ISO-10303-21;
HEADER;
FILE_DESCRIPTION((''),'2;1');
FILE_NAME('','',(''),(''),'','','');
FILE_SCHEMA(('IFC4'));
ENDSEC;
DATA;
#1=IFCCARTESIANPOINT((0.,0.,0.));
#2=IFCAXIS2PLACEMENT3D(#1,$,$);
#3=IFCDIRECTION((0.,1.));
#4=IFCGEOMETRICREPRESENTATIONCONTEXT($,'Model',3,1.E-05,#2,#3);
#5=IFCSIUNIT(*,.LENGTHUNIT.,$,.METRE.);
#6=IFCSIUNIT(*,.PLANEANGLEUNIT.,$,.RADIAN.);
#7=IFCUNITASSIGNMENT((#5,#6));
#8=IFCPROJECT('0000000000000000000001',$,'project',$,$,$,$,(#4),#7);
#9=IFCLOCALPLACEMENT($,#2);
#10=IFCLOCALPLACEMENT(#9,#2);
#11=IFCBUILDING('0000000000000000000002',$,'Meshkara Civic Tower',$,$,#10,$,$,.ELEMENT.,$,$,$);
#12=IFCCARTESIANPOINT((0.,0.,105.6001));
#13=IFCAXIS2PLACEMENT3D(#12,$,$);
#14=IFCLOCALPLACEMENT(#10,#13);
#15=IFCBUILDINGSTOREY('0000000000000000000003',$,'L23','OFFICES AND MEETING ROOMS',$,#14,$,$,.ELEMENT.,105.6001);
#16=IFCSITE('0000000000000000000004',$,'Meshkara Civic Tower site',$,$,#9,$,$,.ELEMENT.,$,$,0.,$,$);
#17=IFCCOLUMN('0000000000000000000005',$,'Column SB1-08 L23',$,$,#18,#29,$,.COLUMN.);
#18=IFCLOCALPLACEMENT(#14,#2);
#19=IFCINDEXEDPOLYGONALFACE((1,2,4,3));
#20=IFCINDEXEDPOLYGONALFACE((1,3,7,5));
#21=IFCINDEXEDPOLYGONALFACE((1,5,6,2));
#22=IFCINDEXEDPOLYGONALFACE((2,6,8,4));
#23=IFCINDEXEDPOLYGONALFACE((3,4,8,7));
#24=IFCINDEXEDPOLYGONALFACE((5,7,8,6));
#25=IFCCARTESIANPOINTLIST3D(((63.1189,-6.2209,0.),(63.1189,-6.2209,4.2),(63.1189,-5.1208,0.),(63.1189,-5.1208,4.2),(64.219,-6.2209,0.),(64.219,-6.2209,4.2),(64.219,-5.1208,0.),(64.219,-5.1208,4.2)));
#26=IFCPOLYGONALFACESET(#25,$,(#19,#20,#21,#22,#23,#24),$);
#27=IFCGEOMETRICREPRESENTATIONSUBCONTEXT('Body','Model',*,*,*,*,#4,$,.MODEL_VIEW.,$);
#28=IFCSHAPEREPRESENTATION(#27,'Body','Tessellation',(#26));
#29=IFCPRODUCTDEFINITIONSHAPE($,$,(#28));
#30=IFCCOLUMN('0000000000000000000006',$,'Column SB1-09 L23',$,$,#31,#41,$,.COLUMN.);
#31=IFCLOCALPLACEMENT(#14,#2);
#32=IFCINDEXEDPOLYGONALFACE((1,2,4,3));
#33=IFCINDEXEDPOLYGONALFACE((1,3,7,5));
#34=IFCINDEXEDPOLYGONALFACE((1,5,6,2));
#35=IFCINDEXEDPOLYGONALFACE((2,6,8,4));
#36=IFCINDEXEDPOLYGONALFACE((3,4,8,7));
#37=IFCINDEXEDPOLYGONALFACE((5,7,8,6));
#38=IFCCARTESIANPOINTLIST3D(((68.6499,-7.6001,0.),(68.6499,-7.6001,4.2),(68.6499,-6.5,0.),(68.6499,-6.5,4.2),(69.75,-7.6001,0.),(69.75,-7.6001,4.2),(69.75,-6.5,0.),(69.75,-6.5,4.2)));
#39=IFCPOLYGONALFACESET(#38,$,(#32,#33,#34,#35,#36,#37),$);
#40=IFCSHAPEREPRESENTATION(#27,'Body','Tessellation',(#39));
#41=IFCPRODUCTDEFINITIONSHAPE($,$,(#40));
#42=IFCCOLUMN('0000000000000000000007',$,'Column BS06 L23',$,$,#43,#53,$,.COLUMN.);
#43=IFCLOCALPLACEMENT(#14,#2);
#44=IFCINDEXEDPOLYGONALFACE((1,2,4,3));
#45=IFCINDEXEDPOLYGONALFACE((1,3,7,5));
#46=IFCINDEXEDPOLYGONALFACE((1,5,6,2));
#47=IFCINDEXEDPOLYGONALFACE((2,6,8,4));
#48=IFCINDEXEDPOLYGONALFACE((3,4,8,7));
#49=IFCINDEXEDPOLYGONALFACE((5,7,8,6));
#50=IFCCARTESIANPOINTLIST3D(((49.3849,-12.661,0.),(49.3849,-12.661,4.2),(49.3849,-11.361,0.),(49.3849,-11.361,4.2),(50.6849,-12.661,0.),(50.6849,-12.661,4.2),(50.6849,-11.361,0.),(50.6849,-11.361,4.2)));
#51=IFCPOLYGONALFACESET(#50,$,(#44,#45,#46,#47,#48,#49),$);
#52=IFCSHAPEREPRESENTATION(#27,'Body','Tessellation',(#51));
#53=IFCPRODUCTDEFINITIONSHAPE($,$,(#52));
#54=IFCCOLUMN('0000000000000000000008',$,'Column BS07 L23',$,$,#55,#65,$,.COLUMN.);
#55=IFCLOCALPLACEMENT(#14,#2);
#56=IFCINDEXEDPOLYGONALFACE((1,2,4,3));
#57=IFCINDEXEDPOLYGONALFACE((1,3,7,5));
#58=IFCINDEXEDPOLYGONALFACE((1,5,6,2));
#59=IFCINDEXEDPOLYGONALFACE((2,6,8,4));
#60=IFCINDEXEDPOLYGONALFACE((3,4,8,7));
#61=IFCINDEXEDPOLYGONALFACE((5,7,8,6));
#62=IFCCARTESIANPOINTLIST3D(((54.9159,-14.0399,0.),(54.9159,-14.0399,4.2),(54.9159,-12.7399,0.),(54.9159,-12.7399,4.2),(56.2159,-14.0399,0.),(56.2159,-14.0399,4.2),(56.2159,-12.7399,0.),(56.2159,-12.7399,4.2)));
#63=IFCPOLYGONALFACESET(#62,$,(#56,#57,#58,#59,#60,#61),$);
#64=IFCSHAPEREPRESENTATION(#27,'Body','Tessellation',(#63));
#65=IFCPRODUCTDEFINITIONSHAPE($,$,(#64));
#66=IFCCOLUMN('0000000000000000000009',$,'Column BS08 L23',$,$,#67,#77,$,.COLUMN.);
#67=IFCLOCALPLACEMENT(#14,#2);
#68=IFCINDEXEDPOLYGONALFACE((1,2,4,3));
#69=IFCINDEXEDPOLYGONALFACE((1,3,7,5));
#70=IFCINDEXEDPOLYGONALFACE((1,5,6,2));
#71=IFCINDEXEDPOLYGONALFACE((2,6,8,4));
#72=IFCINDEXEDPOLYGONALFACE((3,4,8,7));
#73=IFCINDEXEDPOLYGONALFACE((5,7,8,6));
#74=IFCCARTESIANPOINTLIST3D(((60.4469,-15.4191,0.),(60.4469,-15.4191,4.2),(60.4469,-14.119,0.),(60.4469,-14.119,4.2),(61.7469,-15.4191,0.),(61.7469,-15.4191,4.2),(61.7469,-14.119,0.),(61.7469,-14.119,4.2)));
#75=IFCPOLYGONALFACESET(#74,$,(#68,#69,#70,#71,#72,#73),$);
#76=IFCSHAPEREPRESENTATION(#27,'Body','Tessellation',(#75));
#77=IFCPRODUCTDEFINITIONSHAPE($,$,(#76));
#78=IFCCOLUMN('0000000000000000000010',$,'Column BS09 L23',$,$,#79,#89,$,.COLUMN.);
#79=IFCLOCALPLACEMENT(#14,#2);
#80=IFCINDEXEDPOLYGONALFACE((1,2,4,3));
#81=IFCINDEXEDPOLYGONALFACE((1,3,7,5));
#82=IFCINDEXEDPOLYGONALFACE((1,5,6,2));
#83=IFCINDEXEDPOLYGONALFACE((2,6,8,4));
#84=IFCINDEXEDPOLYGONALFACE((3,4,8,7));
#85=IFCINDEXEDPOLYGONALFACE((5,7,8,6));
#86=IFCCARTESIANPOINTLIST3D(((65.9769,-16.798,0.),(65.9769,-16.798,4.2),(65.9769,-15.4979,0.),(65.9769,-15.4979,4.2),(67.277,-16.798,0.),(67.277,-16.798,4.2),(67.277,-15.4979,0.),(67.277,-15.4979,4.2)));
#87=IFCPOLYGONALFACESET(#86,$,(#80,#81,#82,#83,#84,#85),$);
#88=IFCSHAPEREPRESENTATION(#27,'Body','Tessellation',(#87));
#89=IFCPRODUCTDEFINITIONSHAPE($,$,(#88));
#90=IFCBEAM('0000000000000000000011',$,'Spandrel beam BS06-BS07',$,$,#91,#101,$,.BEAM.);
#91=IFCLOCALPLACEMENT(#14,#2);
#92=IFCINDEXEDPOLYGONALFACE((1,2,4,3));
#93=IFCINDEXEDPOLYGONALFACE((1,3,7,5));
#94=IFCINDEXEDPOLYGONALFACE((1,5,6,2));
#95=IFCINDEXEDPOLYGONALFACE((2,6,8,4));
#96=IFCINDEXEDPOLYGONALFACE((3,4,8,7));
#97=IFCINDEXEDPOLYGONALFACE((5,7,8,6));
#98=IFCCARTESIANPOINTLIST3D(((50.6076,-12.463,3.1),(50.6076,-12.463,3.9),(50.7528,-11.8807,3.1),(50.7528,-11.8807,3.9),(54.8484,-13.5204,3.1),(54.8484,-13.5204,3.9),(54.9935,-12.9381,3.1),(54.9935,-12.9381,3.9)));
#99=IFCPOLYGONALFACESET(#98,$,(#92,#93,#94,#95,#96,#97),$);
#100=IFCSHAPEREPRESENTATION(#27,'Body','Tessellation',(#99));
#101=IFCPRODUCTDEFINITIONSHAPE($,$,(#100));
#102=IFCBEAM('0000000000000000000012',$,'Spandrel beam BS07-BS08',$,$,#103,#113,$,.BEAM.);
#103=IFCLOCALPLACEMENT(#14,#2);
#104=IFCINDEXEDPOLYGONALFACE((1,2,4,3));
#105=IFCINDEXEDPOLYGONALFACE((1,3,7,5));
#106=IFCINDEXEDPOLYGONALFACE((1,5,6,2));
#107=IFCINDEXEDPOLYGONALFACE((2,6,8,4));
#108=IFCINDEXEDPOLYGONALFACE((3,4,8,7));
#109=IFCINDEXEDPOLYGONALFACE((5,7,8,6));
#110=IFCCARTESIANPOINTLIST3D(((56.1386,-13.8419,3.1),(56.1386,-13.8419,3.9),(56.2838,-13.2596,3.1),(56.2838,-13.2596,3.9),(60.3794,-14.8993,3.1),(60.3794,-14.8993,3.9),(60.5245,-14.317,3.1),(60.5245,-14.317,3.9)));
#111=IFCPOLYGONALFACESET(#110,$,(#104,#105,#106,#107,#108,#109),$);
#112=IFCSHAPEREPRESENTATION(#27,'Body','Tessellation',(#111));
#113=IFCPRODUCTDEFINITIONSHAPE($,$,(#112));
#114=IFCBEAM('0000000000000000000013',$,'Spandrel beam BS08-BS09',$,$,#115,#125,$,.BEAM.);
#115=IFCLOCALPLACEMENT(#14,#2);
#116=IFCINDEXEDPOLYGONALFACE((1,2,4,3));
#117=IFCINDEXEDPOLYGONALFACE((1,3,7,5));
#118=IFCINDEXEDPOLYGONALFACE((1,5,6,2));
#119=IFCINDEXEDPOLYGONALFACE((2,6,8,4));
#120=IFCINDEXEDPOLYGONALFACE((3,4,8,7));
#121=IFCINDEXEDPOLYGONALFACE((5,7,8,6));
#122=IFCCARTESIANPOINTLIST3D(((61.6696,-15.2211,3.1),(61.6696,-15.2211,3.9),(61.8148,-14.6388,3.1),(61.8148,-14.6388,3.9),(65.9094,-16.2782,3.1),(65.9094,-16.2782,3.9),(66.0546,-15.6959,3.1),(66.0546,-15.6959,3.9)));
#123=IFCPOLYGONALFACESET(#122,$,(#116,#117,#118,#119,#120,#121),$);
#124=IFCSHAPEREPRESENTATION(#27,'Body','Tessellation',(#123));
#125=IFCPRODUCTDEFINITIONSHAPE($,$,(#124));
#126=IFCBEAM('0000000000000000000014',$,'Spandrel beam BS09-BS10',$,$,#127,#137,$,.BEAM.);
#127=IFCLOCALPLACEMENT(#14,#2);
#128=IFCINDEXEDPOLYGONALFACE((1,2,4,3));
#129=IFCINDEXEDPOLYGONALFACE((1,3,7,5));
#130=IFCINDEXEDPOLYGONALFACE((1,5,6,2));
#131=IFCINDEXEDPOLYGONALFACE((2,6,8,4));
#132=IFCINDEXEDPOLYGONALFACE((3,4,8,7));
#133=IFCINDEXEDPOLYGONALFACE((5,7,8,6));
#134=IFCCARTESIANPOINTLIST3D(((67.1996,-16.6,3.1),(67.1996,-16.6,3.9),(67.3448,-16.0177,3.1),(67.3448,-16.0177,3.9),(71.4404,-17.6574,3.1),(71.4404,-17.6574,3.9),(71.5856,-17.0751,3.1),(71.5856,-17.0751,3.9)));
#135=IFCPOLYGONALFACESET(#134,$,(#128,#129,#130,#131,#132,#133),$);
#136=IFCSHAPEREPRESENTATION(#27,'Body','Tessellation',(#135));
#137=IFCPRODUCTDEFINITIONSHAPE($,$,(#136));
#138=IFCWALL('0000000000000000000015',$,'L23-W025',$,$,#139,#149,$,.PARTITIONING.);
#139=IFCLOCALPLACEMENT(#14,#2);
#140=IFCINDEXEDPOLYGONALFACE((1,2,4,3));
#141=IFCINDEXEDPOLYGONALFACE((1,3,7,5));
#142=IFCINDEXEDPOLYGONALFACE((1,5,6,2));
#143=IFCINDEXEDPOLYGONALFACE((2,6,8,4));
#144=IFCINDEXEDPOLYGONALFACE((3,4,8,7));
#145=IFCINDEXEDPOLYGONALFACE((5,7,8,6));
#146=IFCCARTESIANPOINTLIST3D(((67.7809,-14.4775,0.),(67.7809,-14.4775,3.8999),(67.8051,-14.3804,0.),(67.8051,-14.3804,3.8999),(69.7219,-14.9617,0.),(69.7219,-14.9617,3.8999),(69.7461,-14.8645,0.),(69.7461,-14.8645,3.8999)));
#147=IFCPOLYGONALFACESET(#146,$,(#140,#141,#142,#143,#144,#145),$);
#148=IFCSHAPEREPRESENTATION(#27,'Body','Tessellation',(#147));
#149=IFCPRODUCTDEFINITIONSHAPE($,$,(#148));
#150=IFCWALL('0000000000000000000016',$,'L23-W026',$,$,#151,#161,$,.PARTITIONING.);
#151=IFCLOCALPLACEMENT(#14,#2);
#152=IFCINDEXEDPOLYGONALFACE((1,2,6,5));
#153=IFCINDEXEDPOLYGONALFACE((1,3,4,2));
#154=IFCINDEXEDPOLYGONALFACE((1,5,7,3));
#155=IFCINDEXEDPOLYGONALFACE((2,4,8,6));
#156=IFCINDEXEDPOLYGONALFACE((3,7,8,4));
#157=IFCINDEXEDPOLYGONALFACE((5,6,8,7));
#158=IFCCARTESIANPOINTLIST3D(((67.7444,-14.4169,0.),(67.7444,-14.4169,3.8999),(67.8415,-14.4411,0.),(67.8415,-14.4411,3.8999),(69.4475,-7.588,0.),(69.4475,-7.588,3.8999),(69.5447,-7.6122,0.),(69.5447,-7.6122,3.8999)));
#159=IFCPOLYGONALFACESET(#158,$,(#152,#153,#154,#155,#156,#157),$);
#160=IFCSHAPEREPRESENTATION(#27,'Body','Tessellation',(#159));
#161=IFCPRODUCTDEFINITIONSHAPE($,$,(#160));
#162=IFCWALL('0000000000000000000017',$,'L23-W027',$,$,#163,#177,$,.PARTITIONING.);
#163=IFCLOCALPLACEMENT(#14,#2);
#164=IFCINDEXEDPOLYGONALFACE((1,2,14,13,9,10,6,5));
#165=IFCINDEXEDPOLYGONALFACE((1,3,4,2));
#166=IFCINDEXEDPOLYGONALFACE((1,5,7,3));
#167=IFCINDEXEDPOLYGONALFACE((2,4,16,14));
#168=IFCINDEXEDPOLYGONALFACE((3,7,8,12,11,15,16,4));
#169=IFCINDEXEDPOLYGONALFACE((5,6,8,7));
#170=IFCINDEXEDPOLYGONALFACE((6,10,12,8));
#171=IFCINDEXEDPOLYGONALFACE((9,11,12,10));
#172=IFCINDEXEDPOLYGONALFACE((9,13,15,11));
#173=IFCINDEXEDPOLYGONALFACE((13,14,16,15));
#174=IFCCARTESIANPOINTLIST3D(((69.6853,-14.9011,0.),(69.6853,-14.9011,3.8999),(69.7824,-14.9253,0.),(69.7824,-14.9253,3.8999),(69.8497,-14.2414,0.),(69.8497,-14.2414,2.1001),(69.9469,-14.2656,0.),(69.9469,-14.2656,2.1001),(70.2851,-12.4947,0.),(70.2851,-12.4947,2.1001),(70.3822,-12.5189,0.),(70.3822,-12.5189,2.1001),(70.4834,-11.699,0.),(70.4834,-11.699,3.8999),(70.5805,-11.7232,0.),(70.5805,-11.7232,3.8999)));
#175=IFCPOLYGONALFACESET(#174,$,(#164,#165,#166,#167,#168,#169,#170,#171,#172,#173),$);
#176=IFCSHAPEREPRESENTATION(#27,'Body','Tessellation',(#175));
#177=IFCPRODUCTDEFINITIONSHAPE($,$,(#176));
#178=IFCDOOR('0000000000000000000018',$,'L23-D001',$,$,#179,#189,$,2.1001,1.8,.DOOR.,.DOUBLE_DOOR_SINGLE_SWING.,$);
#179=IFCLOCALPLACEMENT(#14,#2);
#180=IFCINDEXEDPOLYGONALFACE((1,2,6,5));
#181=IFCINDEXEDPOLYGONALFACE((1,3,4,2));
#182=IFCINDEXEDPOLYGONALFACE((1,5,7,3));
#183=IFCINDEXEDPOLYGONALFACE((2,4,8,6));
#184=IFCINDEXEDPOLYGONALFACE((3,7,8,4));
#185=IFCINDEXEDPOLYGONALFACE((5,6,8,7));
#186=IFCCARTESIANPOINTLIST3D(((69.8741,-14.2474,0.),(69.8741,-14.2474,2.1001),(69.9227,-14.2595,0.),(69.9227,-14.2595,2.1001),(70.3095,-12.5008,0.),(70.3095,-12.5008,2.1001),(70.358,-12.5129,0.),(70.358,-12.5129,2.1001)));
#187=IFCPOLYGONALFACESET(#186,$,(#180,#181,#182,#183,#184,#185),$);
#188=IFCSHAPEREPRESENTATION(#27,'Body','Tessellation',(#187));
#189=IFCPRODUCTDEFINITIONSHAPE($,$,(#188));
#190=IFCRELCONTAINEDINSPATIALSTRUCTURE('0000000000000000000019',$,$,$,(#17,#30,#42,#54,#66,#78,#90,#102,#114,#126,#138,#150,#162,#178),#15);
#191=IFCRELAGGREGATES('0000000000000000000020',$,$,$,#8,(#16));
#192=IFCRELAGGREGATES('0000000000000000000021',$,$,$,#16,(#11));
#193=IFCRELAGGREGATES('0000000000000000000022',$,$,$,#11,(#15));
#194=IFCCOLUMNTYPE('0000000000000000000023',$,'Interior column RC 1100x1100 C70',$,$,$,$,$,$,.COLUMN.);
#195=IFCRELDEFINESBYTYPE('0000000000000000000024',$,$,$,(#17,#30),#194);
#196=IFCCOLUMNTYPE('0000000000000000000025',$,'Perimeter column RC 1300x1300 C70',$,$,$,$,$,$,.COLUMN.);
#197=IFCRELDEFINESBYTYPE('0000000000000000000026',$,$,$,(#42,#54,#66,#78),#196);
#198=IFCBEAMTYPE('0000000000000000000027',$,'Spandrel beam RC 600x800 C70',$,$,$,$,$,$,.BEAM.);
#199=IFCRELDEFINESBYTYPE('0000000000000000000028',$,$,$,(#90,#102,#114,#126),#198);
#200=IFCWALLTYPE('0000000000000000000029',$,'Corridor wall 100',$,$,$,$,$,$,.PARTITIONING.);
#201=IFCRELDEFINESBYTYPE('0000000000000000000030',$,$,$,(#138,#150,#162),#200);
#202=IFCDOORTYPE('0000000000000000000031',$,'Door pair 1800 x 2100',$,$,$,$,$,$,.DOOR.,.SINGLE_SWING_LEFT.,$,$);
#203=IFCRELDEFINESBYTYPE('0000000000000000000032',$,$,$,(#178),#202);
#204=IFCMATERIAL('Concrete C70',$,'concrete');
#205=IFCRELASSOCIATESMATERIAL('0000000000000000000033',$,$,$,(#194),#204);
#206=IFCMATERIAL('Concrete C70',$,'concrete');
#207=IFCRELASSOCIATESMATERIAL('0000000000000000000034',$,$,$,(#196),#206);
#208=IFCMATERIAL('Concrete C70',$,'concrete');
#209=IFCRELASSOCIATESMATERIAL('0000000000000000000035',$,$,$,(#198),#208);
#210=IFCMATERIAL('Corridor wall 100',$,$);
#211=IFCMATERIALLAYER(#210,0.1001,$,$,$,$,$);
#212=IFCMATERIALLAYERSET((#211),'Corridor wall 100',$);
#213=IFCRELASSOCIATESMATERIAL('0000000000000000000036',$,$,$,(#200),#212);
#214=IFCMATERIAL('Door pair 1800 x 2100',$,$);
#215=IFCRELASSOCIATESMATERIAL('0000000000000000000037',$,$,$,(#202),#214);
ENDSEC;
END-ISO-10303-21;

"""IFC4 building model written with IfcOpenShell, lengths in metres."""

from ifc_helpers import new_model, si_unit, direction, frame, frame_2d, origin, origin_2d, place, context, subcontext, project, spatial, rectangle, extrude, material, layer, layer_set, material_profile, profile_set, type_object, element, fill, save


model = new_model("IFC4")

# Units and contexts
model_context = context("Model", 3, precision=1e-05, world=origin(), true_north=direction((0.0, 1.0)))
body_context = subcontext(model_context, "Body", "Model", "MODEL_VIEW")
ifc_project = project(units=[si_unit("LENGTHUNIT", "METRE"), si_unit("PLANEANGLEUNIT", "RADIAN")], contexts=[model_context])

# Site, building, storey
site_placement = place(None, origin())
site = spatial("IfcSite", under=ifc_project, at=site_placement, Name="Meshkara Civic Tower site", CompositionType="ELEMENT", RefElevation=0.0)
building_placement = place(site_placement, origin())
building = spatial("IfcBuilding", under=site, at=building_placement, Name="Meshkara Civic Tower", CompositionType="ELEMENT")
storey_placement = place(building_placement, frame((0.0, 0.0, 105.6001)))
storey = spatial("IfcBuildingStorey", under=building, at=storey_placement, Name="L23", Description="OFFICES AND MEETING ROOMS", CompositionType="ELEMENT", Elevation=105.6001)

# Columns
ifc_material_1 = material(Name="Concrete C70", Category="concrete")
ifc_material_profile_1 = material_profile(ifc_material_1, rectangle(XDim=1.1001, YDim=1.1001, at=origin_2d()))
ifc_profile_set_1 = profile_set([ifc_material_profile_1], Name="Concrete C70")
column_type_1 = type_object("IfcColumnType", Name="Interior column RC 1100x1100 C70", PredefinedType="COLUMN", material=ifc_profile_set_1)
for number, where, z_axis, x_axis, name in (
    (1, (63.6689, -5.6709, 0.0), (0.0, 0.0, 1.0), (1.0, 0.0, 0.0), "Column SB1-08 L23"),
    (2, (69.2, -7.05, 0.0), (0.0, 0.0, 1.0), (1.0, 0.0, 0.0), "Column SB1-09 L23"),
):
    element("IfcColumn", number, at=place(storey_placement, frame(where, z_axis=z_axis, x_axis=x_axis)), inside=storey, type_object=column_type_1, Name=name, PredefinedType="COLUMN", context=body_context, shape_type="SweptSolid", body=[
        extrude(rectangle(XDim=1.1001, YDim=1.1001, at=origin_2d()), origin(), (0.0, 0.0, 1.0), 4.2),
    ])
ifc_material_2 = material(Name="Concrete C70", Category="concrete")
ifc_material_profile_2 = material_profile(ifc_material_2, rectangle(XDim=1.3, YDim=1.3, at=origin_2d()))
ifc_profile_set_2 = profile_set([ifc_material_profile_2], Name="Concrete C70")
column_type_2 = type_object("IfcColumnType", Name="Perimeter column RC 1300x1300 C70", PredefinedType="COLUMN", material=ifc_profile_set_2)
for number, where, z_axis, x_axis, name in (
    (3, (50.0349, -12.011, 0.0), (0.0, 0.0, 1.0), (1.0, 0.0, 0.0), "Column BS06 L23"),
    (4, (55.5659, -13.3899, 0.0), (0.0, 0.0, 1.0), (1.0, 0.0, 0.0), "Column BS07 L23"),
    (5, (61.0969, -14.769, 0.0), (0.0, 0.0, 1.0), (1.0, 0.0, 0.0), "Column BS08 L23"),
    (6, (66.627, -16.1479, 0.0), (0.0, 0.0, 1.0), (1.0, 0.0, 0.0), "Column BS09 L23"),
):
    element("IfcColumn", number, at=place(storey_placement, frame(where, z_axis=z_axis, x_axis=x_axis)), inside=storey, type_object=column_type_2, Name=name, PredefinedType="COLUMN", context=body_context, shape_type="SweptSolid", body=[
        extrude(rectangle(XDim=1.3, YDim=1.3, at=origin_2d()), origin(), (0.0, 0.0, 1.0), 4.2),
    ])

# Beams
ifc_material_3 = material(Name="Concrete C70", Category="concrete")
ifc_material_profile_3 = material_profile(ifc_material_3, rectangle(XDim=0.6001, YDim=0.8, at=origin_2d()))
ifc_profile_set_3 = profile_set([ifc_material_profile_3], Name="Concrete C70")
beam_type = type_object("IfcBeamType", Name="Spandrel beam RC 600x800 C70", PredefinedType="BEAM", material=ifc_profile_set_3)
for number, where, z_axis, x_axis, name in (
    (7, (50.6802, -12.1719, 3.5), (0.970293, -0.241931, 0.0), (0.241931, 0.970293, 0.0), "Spandrel beam BS06-BS07"),
    (8, (56.2112, -13.5508, 3.5), (0.970293, -0.241931, 0.0), (0.241931, 0.970293, 0.0), "Spandrel beam BS07-BS08"),
):
    element("IfcBeam", number, at=place(storey_placement, frame(where, z_axis=z_axis, x_axis=x_axis)), inside=storey, type_object=beam_type, Name=name, PredefinedType="BEAM", context=body_context, shape_type="SweptSolid", body=[
        extrude(rectangle(XDim=0.6001, YDim=0.8, at=origin_2d()), origin(), (0.0, 0.0, 1.0), 4.3706),
    ])
beam_1_placement = place(storey_placement, frame((61.7422, -14.9299, 3.5), z_axis=(0.970293, -0.241931, 0.0), x_axis=(0.241931, 0.970293, 0.0)))
element("IfcBeam", 9, at=beam_1_placement, inside=storey, type_object=beam_type, Name="Spandrel beam BS08-BS09", PredefinedType="BEAM", context=body_context, shape_type="SweptSolid", body=[
    extrude(rectangle(XDim=0.6001, YDim=0.8, at=origin_2d()), origin(), (0.0, 0.0, 1.0), 4.3696),
])
beam_2_placement = place(storey_placement, frame((67.2722, -16.3088, 3.5), z_axis=(0.970293, -0.241931, 0.0), x_axis=(0.241931, 0.970293, 0.0)))
element("IfcBeam", 10, at=beam_2_placement, inside=storey, type_object=beam_type, Name="Spandrel beam BS09-BS10", PredefinedType="BEAM", context=body_context, shape_type="SweptSolid", body=[
    extrude(rectangle(XDim=0.6001, YDim=0.8, at=origin_2d()), origin(), (0.0, 0.0, 1.0), 4.3706),
])

# Walls
ifc_material_4 = material(Name="Corridor wall 100")
ifc_layer_1 = layer(ifc_material_4, 0.1001)
ifc_layer_set_1 = layer_set([ifc_layer_1], Name="Corridor wall 100")
wall_type_1 = type_object("IfcWallType", Name="Corridor wall 100", PredefinedType="PARTITIONING", material=ifc_layer_set_1)
wall_1_placement = place(storey_placement, frame((67.793, -14.429, 0.0), z_axis=(0.0, 0.0, 1.0), x_axis=(0.970272, -0.242019, 0.0)))
element("IfcWall", 11, at=wall_1_placement, inside=storey, type_object=wall_type_1, Name="L23-W025", PredefinedType="PARTITIONING", context=body_context, shape_type="SweptSolid", body=[
    extrude(rectangle(XDim=2.0005, YDim=0.1001, at=frame_2d((1.0002, 0.0))), origin(), (0.0, 0.0, 1.0), 3.8999),
])
wall_2_placement = place(storey_placement, frame((69.4961, -7.6001, 0.0), z_axis=(0.0, 0.0, 1.0), x_axis=(-0.241989, -0.970279, 0.0)))
element("IfcWall", 12, at=wall_2_placement, inside=storey, type_object=wall_type_1, Name="L23-W026", PredefinedType="PARTITIONING", context=body_context, shape_type="SweptSolid", body=[
    extrude(rectangle(XDim=7.0381, YDim=0.1001, at=frame_2d((3.519, 0.0))), origin(), (0.0, 0.0, 1.0), 3.8999),
])

# Wall, opening, door
wall_3_placement = place(storey_placement, frame((69.7339, -14.9131, 0.0), z_axis=(0.0, 0.0, 1.0), x_axis=(0.241839, 0.970316, 0.0)))
wall_3 = element("IfcWall", 13, at=wall_3_placement, inside=storey, type_object=wall_type_1, Name="L23-W027", PredefinedType="PARTITIONING", context=body_context, shape_type="SweptSolid", body=[
    extrude(rectangle(XDim=3.3, YDim=0.1001, at=frame_2d((1.6499, 0.0))), origin(), (0.0, 0.0, 1.0), 3.8999),
])
opening_1_placement = place(wall_3_placement, frame((0.6799, 0.0, 0.0)))
opening_1 = element("IfcOpeningElement", 14, at=opening_1_placement, cuts=wall_3, PredefinedType="OPENING", context=body_context, shape_type="SweptSolid", body=[
    extrude(rectangle(XDim=1.8, YDim=2.1001, at=frame_2d((0.8999, 1.05))), frame((0.0, 0.0601, 0.0), z_axis=(0.0, -1.0, 0.0), x_axis=(1.0, 0.0, 0.0)), (0.0, 0.0, 1.0), 0.1201),
])
ifc_material_5 = material(Name="Door pair 1800 x 2100")
door_type = type_object("IfcDoorType", Name="Door pair 1800 x 2100", OperationType="SINGLE_SWING_LEFT", PredefinedType="DOOR", material=ifc_material_5)
door_placement = place(opening_1_placement, origin())
door = element("IfcDoor", 15, at=door_placement, inside=storey, type_object=door_type, Name="L23-D001", OperationType="DOUBLE_DOOR_SINGLE_SWING", OverallHeight=2.1001, OverallWidth=1.8, PredefinedType="DOOR", context=body_context, shape_type="SweptSolid", body=[
    extrude(rectangle(XDim=1.8, YDim=2.1001, at=frame_2d((0.8999, 1.05))), frame((0.0, 0.0249, 0.0), z_axis=(0.0, -1.0, 0.0), x_axis=(1.0, 0.0, 0.0)), (0.0, 0.0, 1.0), 0.05),
])
fill(opening_1, door)

save(model, "model.ifc")
